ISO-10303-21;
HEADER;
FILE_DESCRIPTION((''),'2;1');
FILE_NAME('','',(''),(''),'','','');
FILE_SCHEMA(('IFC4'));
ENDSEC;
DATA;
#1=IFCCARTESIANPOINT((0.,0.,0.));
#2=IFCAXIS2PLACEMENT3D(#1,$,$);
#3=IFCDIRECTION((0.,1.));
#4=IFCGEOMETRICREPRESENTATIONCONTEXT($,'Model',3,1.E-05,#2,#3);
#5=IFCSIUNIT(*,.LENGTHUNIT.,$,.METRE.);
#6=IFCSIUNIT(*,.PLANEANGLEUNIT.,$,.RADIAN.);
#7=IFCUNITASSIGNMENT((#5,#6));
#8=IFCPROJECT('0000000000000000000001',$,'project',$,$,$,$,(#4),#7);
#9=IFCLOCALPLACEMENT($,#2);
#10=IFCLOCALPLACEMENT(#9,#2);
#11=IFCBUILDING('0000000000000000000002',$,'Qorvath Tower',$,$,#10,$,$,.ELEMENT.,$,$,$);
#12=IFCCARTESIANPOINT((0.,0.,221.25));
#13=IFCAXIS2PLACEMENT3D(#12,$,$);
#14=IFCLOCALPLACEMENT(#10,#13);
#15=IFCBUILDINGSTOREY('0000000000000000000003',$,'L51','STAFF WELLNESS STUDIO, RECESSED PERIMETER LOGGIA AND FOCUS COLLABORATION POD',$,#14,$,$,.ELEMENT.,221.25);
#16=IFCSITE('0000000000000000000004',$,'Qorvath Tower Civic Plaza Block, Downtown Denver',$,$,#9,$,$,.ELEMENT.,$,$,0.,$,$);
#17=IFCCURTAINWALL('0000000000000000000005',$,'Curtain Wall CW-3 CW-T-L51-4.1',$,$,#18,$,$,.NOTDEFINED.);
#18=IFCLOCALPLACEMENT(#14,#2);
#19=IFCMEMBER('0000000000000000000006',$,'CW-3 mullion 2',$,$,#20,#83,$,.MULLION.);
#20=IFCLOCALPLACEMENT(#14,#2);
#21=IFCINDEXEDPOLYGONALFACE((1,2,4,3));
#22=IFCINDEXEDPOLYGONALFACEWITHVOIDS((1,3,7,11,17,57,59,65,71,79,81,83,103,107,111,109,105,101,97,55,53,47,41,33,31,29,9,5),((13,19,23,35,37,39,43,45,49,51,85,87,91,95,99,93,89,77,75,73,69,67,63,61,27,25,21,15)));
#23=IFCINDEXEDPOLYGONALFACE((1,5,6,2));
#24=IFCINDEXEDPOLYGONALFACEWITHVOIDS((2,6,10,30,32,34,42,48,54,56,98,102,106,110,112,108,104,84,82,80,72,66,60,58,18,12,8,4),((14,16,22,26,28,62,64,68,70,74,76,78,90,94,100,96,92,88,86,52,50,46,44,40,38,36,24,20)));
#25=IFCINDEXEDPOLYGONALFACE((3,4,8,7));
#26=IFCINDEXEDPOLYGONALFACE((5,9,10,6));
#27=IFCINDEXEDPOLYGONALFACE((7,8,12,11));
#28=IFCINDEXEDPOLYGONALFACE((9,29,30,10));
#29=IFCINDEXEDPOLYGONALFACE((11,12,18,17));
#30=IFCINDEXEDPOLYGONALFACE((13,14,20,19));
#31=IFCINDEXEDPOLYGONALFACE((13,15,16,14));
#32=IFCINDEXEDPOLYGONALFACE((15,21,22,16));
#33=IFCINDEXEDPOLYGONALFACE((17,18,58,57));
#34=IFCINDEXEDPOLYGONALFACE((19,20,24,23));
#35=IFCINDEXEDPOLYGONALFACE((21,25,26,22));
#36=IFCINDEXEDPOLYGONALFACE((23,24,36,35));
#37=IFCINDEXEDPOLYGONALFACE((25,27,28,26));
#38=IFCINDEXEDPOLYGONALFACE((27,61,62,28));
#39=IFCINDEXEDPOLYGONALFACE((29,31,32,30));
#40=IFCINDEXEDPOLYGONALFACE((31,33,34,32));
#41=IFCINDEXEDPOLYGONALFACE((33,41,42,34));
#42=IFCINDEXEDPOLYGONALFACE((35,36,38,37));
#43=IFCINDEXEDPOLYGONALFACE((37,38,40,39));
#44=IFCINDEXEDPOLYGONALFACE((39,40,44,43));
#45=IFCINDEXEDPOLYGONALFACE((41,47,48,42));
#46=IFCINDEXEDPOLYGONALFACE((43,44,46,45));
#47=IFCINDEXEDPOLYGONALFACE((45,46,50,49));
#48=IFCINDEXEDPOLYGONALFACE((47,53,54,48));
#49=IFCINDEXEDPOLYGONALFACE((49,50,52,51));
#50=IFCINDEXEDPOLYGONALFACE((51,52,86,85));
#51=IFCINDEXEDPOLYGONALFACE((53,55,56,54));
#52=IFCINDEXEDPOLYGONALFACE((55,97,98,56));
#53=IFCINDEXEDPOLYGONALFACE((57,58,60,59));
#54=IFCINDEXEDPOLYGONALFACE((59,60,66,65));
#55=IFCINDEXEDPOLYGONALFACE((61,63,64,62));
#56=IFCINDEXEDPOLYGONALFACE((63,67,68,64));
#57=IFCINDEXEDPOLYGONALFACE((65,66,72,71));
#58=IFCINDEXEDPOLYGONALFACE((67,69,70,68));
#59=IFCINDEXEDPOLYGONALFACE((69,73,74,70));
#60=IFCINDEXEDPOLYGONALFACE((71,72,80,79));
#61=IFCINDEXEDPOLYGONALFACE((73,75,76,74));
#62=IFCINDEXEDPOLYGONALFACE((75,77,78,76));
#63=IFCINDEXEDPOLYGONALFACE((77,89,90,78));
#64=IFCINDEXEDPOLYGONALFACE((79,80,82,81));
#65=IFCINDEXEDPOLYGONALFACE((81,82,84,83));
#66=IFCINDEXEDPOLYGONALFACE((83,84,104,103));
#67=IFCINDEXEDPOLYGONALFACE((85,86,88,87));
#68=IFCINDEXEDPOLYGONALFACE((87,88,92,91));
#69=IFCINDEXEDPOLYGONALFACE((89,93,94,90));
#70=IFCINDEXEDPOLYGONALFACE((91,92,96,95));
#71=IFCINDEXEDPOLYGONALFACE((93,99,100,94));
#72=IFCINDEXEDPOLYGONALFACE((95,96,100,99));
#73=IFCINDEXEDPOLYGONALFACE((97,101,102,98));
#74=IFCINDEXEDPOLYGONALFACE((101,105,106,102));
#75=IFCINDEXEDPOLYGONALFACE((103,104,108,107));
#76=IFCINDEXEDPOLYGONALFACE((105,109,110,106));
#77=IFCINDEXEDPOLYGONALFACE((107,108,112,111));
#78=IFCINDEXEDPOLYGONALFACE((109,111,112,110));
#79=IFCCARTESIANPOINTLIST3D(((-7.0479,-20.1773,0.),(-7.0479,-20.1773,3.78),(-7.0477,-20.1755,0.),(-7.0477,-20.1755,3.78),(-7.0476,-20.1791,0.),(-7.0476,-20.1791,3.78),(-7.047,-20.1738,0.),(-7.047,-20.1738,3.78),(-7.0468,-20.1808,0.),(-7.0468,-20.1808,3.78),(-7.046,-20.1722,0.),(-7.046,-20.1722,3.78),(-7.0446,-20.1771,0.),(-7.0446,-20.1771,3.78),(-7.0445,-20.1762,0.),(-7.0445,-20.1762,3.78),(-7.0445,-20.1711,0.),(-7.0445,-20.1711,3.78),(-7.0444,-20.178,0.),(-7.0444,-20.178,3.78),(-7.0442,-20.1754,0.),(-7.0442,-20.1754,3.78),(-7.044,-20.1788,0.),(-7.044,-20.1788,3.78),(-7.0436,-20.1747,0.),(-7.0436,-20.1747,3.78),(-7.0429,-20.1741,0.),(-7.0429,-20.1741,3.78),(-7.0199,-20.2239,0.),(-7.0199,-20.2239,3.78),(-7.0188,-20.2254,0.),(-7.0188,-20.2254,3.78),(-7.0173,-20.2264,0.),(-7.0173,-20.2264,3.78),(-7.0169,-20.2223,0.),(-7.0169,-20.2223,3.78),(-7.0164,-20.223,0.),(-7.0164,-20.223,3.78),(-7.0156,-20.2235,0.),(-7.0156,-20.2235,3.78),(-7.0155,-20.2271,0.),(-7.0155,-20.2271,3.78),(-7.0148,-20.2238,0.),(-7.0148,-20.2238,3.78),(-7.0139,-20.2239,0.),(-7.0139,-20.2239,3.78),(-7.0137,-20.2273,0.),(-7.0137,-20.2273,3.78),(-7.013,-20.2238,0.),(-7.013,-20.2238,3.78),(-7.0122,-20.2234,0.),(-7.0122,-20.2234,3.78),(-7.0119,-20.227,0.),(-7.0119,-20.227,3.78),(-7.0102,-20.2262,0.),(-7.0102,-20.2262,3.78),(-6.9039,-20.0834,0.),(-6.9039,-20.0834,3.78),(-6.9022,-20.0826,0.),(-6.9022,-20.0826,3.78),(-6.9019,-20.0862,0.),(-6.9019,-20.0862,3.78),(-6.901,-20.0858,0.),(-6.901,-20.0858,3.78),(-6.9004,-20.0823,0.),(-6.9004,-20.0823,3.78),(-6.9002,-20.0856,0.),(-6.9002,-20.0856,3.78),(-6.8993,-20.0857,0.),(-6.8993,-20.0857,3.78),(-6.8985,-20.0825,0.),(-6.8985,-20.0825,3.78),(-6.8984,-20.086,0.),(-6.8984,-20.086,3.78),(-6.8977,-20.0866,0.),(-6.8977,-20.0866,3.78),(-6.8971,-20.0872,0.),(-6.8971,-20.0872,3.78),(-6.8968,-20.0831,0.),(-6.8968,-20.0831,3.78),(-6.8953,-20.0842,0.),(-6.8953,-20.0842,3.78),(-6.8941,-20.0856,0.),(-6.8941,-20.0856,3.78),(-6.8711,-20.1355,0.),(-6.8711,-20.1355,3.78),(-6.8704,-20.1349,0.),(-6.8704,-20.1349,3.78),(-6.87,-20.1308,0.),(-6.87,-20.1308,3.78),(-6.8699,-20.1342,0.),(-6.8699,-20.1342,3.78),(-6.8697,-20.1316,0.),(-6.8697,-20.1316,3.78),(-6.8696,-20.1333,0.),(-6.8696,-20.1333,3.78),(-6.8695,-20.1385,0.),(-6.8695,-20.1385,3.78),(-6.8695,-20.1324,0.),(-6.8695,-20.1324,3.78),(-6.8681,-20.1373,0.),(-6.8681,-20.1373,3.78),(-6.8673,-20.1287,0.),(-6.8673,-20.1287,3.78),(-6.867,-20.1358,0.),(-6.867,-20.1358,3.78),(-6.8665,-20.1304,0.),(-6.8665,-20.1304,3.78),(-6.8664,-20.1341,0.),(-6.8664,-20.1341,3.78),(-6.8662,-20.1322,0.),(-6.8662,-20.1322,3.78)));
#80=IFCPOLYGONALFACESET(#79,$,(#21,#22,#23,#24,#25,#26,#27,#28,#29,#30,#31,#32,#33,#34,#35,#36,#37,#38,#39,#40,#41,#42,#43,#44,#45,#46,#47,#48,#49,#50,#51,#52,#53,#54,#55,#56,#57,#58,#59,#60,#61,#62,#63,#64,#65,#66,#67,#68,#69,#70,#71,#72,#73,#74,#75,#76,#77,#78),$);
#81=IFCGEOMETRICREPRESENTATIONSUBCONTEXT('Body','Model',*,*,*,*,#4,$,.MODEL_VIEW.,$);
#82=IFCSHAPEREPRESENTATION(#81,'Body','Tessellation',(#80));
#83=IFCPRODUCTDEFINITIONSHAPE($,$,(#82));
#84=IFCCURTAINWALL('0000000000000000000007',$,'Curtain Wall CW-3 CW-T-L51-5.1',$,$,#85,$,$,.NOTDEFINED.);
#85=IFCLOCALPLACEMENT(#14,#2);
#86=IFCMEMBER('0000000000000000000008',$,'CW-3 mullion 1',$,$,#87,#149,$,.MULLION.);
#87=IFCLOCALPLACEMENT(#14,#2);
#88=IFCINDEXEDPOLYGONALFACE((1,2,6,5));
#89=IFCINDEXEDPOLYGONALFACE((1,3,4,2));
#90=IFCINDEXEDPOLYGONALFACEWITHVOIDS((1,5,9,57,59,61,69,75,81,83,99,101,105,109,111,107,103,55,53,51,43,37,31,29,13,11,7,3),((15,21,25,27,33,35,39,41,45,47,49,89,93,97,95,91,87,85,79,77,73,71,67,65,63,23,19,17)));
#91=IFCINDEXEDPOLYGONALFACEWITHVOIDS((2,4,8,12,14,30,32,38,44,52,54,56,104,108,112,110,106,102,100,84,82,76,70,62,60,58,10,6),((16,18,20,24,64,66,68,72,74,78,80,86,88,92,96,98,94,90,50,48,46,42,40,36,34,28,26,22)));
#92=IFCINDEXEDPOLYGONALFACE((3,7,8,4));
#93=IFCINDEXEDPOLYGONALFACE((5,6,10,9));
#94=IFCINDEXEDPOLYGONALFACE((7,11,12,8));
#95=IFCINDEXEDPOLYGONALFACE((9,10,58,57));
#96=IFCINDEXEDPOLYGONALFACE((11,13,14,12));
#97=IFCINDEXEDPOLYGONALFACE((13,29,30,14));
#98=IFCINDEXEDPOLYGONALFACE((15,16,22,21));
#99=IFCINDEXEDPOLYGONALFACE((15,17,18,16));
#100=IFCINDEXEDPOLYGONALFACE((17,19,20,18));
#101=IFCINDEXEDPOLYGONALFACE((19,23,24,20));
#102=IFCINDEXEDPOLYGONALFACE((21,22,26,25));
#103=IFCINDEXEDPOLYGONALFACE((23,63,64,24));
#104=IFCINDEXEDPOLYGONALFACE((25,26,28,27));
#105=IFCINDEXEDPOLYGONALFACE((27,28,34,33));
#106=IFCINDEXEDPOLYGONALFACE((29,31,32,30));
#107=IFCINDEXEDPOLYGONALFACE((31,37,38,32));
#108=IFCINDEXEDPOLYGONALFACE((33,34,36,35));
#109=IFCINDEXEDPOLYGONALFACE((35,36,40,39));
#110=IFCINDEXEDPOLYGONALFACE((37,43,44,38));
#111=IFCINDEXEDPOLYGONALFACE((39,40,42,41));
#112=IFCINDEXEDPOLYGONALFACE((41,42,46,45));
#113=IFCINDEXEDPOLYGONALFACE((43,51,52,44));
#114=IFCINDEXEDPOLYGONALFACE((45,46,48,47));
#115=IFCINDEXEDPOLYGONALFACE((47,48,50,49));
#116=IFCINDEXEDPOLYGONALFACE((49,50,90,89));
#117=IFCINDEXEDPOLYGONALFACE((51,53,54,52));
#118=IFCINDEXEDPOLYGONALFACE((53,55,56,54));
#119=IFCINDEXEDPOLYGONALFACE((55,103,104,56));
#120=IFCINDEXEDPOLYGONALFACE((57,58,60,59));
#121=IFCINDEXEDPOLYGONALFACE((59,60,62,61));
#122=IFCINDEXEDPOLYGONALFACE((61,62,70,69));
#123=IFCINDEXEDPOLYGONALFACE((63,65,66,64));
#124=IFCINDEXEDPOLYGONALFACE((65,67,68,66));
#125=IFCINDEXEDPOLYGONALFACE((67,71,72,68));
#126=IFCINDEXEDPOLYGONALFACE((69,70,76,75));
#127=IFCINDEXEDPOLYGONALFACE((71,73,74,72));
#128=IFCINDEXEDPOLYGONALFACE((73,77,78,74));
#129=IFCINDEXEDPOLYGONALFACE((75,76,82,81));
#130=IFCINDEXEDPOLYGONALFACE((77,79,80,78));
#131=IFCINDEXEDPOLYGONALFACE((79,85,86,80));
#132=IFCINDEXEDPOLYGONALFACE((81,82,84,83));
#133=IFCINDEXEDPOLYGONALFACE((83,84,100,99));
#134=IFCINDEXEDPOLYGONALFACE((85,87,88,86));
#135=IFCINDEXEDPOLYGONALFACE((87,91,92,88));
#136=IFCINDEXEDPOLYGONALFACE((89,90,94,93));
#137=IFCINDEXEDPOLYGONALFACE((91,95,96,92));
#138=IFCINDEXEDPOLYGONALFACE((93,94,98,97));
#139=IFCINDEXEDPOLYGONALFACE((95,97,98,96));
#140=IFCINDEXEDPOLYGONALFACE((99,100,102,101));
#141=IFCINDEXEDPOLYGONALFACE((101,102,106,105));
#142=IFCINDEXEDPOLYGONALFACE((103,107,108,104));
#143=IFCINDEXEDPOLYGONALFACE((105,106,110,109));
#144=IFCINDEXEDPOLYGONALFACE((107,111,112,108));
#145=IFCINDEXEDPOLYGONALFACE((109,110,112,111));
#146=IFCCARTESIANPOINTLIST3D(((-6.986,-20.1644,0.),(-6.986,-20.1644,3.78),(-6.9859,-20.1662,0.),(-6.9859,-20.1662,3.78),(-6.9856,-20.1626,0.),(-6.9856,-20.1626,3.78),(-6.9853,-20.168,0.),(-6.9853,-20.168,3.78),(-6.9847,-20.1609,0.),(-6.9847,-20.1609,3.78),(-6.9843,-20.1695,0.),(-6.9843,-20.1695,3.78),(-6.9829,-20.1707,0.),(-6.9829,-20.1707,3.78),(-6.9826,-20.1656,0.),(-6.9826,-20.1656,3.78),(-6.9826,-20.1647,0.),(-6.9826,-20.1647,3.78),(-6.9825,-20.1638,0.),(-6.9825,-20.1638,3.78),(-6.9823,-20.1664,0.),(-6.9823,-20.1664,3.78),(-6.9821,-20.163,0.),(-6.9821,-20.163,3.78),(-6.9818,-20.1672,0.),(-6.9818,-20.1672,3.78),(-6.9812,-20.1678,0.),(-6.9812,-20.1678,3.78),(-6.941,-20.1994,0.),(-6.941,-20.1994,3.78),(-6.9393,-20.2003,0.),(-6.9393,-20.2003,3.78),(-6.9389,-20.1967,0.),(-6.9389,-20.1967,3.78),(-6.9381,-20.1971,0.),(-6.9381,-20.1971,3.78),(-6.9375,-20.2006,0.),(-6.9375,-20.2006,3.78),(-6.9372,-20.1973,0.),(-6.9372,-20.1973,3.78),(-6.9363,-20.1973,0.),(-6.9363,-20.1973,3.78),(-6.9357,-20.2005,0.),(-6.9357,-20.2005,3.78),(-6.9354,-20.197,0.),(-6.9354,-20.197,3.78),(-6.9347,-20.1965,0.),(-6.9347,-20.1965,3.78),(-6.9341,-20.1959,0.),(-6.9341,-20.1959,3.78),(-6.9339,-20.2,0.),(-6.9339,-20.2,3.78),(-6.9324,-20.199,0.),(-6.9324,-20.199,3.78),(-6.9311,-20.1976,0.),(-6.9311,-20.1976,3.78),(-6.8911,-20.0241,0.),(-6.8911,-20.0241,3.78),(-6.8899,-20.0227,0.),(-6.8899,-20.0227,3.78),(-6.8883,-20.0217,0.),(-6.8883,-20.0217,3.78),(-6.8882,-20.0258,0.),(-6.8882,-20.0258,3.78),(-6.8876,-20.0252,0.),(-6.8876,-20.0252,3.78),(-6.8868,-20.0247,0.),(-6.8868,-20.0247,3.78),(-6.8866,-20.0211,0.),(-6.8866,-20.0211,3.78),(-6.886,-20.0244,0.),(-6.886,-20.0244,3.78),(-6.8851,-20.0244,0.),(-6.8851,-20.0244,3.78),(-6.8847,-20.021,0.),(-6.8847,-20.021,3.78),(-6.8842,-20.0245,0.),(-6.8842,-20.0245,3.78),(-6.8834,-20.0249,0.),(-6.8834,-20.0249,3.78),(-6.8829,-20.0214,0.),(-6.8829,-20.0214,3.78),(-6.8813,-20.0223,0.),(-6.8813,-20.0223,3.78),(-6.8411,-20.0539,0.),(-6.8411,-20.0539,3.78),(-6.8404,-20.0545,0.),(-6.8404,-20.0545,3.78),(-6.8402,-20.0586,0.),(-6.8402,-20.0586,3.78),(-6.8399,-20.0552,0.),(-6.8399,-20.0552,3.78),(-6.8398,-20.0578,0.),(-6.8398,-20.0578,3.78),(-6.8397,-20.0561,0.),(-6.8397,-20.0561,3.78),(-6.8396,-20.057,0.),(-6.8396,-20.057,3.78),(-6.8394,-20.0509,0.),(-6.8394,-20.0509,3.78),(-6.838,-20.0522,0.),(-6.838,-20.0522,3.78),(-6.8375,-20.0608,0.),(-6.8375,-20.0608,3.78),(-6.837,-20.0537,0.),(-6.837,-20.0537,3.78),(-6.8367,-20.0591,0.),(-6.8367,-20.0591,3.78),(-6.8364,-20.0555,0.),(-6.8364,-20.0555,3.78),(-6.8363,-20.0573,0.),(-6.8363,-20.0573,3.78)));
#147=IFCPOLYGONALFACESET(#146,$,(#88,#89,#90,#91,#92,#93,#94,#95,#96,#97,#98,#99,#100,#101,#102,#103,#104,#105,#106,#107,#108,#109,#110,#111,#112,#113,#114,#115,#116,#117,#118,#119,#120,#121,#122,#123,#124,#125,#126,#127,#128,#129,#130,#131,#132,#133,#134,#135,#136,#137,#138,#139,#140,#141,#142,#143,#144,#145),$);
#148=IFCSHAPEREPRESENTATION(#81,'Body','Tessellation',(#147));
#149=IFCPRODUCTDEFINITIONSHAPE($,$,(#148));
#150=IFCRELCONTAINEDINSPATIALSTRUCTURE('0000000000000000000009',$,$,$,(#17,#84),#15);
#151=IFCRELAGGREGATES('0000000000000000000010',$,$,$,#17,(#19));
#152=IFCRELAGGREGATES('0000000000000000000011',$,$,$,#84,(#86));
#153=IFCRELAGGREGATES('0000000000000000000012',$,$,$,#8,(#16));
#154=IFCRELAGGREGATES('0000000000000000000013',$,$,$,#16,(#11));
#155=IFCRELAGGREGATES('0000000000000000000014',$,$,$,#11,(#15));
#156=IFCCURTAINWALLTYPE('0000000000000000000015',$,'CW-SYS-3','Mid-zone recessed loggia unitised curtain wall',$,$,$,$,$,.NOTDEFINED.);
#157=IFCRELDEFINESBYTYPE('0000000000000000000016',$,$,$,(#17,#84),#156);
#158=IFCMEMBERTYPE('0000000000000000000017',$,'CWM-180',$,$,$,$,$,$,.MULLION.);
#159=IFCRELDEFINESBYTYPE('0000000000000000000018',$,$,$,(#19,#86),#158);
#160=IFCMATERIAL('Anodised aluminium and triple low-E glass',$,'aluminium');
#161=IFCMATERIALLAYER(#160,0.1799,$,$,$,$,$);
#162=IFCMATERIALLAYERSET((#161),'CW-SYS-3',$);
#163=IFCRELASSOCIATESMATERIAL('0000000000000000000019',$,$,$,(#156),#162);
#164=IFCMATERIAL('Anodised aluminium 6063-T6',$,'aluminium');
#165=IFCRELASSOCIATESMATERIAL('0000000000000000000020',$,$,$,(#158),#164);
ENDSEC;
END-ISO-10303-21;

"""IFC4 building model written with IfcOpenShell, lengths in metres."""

from ifc_helpers import new_model, si_unit, direction, frame, origin, origin_2d, place, context, subcontext, project, spatial, hollow_rectangle, extrude, material, layer, layer_set, material_profile, profile_set, type_object, element, aggregate, save


model = new_model("IFC4")

# Units and contexts
model_context = context("Model", 3, precision=1e-05, world=origin(), true_north=direction((0.0, 1.0)))
body_context = subcontext(model_context, "Body", "Model", "MODEL_VIEW")
ifc_project = project(units=[si_unit("LENGTHUNIT", "METRE"), si_unit("PLANEANGLEUNIT", "RADIAN")], contexts=[model_context])

# Site, building, storey
site_placement = place(None, origin())
site = spatial("IfcSite", under=ifc_project, at=site_placement, Name="Qorvath Tower Civic Plaza Block, Downtown Denver", CompositionType="ELEMENT", RefElevation=0.0)
building_placement = place(site_placement, origin())
building = spatial("IfcBuilding", under=site, at=building_placement, Name="Qorvath Tower", CompositionType="ELEMENT")
storey_placement = place(building_placement, frame((0.0, 0.0, 221.25)))
storey = spatial("IfcBuildingStorey", under=building, at=storey_placement, Name="L51", Description="STAFF WELLNESS STUDIO, RECESSED PERIMETER LOGGIA AND FOCUS COLLABORATION POD", CompositionType="ELEMENT", Elevation=221.25)

# Shared definitions
ifc_material_1 = material(Name="Anodised aluminium and triple low-E glass", Category="aluminium")
ifc_layer_1 = layer(ifc_material_1, 0.1799)
ifc_layer_set_1 = layer_set([ifc_layer_1], Name="CW-SYS-3")
curtain_wall_type = type_object("IfcCurtainWallType", Name="CW-SYS-3", Description="Mid-zone recessed loggia unitised curtain wall", PredefinedType="NOTDEFINED", material=ifc_layer_set_1)
ifc_material_2 = material(Name="Anodised aluminium 6063-T6", Category="aluminium")
ifc_material_profile_1 = material_profile(ifc_material_2, hollow_rectangle(XDim=0.0649, YDim=0.1799, WallThickness=0.0034, InnerFilletRadius=0.0034, OuterFilletRadius=0.0071, at=origin_2d()), Name="CWM 180x65")
ifc_profile_set_1 = profile_set([ifc_material_profile_1], Name="Anodised aluminium 6063-T6")
member_type_1 = type_object("IfcMemberType", Name="CWM-180", PredefinedType="MULLION", material=ifc_profile_set_1)

# Curtain walls, members
curtain_wall_1_placement = place(storey_placement, origin())
curtain_wall_1 = element("IfcCurtainWall", 1, at=curtain_wall_1_placement, inside=storey, type_object=curtain_wall_type, Name="Curtain Wall CW-3 CW-T-L51-4.1", PredefinedType="NOTDEFINED")
member_1_placement = place(storey_placement, frame((-6.957, -20.1548, 0.0), z_axis=(0.0, 0.0, 1.0), x_axis=(-0.528982, 0.848633, 0.0)))
member_1 = element("IfcMember", 2, at=member_1_placement, type_object=member_type_1, Name="CW-3 mullion 2", PredefinedType="MULLION", context=body_context, shape_type="SweptSolid", body=[
    extrude(hollow_rectangle(XDim=0.0649, YDim=0.1799, WallThickness=0.0034, InnerFilletRadius=0.0034, OuterFilletRadius=0.0071, at=origin_2d()), origin(), (0.0, 0.0, 1.0), 3.78),
])
curtain_wall_2_placement = place(storey_placement, origin())
curtain_wall_2 = element("IfcCurtainWall", 3, at=curtain_wall_2_placement, inside=storey, type_object=curtain_wall_type, Name="Curtain Wall CW-3 CW-T-L51-5.1", PredefinedType="NOTDEFINED")
member_2_placement = place(storey_placement, frame((-6.9111, -20.1108, 0.0), z_axis=(0.0, 0.0, 1.0), x_axis=(-0.825264, 0.564746, 0.0)))
member_2 = element("IfcMember", 4, at=member_2_placement, type_object=member_type_1, Name="CW-3 mullion 1", PredefinedType="MULLION", context=body_context, shape_type="SweptSolid", body=[
    extrude(hollow_rectangle(XDim=0.0649, YDim=0.1799, WallThickness=0.0034, InnerFilletRadius=0.0034, OuterFilletRadius=0.0071, at=origin_2d()), origin(), (0.0, 0.0, 1.0), 3.78),
])

aggregate(curtain_wall_1, [member_1])
aggregate(curtain_wall_2, [member_2])

save(model, "model.ifc")
